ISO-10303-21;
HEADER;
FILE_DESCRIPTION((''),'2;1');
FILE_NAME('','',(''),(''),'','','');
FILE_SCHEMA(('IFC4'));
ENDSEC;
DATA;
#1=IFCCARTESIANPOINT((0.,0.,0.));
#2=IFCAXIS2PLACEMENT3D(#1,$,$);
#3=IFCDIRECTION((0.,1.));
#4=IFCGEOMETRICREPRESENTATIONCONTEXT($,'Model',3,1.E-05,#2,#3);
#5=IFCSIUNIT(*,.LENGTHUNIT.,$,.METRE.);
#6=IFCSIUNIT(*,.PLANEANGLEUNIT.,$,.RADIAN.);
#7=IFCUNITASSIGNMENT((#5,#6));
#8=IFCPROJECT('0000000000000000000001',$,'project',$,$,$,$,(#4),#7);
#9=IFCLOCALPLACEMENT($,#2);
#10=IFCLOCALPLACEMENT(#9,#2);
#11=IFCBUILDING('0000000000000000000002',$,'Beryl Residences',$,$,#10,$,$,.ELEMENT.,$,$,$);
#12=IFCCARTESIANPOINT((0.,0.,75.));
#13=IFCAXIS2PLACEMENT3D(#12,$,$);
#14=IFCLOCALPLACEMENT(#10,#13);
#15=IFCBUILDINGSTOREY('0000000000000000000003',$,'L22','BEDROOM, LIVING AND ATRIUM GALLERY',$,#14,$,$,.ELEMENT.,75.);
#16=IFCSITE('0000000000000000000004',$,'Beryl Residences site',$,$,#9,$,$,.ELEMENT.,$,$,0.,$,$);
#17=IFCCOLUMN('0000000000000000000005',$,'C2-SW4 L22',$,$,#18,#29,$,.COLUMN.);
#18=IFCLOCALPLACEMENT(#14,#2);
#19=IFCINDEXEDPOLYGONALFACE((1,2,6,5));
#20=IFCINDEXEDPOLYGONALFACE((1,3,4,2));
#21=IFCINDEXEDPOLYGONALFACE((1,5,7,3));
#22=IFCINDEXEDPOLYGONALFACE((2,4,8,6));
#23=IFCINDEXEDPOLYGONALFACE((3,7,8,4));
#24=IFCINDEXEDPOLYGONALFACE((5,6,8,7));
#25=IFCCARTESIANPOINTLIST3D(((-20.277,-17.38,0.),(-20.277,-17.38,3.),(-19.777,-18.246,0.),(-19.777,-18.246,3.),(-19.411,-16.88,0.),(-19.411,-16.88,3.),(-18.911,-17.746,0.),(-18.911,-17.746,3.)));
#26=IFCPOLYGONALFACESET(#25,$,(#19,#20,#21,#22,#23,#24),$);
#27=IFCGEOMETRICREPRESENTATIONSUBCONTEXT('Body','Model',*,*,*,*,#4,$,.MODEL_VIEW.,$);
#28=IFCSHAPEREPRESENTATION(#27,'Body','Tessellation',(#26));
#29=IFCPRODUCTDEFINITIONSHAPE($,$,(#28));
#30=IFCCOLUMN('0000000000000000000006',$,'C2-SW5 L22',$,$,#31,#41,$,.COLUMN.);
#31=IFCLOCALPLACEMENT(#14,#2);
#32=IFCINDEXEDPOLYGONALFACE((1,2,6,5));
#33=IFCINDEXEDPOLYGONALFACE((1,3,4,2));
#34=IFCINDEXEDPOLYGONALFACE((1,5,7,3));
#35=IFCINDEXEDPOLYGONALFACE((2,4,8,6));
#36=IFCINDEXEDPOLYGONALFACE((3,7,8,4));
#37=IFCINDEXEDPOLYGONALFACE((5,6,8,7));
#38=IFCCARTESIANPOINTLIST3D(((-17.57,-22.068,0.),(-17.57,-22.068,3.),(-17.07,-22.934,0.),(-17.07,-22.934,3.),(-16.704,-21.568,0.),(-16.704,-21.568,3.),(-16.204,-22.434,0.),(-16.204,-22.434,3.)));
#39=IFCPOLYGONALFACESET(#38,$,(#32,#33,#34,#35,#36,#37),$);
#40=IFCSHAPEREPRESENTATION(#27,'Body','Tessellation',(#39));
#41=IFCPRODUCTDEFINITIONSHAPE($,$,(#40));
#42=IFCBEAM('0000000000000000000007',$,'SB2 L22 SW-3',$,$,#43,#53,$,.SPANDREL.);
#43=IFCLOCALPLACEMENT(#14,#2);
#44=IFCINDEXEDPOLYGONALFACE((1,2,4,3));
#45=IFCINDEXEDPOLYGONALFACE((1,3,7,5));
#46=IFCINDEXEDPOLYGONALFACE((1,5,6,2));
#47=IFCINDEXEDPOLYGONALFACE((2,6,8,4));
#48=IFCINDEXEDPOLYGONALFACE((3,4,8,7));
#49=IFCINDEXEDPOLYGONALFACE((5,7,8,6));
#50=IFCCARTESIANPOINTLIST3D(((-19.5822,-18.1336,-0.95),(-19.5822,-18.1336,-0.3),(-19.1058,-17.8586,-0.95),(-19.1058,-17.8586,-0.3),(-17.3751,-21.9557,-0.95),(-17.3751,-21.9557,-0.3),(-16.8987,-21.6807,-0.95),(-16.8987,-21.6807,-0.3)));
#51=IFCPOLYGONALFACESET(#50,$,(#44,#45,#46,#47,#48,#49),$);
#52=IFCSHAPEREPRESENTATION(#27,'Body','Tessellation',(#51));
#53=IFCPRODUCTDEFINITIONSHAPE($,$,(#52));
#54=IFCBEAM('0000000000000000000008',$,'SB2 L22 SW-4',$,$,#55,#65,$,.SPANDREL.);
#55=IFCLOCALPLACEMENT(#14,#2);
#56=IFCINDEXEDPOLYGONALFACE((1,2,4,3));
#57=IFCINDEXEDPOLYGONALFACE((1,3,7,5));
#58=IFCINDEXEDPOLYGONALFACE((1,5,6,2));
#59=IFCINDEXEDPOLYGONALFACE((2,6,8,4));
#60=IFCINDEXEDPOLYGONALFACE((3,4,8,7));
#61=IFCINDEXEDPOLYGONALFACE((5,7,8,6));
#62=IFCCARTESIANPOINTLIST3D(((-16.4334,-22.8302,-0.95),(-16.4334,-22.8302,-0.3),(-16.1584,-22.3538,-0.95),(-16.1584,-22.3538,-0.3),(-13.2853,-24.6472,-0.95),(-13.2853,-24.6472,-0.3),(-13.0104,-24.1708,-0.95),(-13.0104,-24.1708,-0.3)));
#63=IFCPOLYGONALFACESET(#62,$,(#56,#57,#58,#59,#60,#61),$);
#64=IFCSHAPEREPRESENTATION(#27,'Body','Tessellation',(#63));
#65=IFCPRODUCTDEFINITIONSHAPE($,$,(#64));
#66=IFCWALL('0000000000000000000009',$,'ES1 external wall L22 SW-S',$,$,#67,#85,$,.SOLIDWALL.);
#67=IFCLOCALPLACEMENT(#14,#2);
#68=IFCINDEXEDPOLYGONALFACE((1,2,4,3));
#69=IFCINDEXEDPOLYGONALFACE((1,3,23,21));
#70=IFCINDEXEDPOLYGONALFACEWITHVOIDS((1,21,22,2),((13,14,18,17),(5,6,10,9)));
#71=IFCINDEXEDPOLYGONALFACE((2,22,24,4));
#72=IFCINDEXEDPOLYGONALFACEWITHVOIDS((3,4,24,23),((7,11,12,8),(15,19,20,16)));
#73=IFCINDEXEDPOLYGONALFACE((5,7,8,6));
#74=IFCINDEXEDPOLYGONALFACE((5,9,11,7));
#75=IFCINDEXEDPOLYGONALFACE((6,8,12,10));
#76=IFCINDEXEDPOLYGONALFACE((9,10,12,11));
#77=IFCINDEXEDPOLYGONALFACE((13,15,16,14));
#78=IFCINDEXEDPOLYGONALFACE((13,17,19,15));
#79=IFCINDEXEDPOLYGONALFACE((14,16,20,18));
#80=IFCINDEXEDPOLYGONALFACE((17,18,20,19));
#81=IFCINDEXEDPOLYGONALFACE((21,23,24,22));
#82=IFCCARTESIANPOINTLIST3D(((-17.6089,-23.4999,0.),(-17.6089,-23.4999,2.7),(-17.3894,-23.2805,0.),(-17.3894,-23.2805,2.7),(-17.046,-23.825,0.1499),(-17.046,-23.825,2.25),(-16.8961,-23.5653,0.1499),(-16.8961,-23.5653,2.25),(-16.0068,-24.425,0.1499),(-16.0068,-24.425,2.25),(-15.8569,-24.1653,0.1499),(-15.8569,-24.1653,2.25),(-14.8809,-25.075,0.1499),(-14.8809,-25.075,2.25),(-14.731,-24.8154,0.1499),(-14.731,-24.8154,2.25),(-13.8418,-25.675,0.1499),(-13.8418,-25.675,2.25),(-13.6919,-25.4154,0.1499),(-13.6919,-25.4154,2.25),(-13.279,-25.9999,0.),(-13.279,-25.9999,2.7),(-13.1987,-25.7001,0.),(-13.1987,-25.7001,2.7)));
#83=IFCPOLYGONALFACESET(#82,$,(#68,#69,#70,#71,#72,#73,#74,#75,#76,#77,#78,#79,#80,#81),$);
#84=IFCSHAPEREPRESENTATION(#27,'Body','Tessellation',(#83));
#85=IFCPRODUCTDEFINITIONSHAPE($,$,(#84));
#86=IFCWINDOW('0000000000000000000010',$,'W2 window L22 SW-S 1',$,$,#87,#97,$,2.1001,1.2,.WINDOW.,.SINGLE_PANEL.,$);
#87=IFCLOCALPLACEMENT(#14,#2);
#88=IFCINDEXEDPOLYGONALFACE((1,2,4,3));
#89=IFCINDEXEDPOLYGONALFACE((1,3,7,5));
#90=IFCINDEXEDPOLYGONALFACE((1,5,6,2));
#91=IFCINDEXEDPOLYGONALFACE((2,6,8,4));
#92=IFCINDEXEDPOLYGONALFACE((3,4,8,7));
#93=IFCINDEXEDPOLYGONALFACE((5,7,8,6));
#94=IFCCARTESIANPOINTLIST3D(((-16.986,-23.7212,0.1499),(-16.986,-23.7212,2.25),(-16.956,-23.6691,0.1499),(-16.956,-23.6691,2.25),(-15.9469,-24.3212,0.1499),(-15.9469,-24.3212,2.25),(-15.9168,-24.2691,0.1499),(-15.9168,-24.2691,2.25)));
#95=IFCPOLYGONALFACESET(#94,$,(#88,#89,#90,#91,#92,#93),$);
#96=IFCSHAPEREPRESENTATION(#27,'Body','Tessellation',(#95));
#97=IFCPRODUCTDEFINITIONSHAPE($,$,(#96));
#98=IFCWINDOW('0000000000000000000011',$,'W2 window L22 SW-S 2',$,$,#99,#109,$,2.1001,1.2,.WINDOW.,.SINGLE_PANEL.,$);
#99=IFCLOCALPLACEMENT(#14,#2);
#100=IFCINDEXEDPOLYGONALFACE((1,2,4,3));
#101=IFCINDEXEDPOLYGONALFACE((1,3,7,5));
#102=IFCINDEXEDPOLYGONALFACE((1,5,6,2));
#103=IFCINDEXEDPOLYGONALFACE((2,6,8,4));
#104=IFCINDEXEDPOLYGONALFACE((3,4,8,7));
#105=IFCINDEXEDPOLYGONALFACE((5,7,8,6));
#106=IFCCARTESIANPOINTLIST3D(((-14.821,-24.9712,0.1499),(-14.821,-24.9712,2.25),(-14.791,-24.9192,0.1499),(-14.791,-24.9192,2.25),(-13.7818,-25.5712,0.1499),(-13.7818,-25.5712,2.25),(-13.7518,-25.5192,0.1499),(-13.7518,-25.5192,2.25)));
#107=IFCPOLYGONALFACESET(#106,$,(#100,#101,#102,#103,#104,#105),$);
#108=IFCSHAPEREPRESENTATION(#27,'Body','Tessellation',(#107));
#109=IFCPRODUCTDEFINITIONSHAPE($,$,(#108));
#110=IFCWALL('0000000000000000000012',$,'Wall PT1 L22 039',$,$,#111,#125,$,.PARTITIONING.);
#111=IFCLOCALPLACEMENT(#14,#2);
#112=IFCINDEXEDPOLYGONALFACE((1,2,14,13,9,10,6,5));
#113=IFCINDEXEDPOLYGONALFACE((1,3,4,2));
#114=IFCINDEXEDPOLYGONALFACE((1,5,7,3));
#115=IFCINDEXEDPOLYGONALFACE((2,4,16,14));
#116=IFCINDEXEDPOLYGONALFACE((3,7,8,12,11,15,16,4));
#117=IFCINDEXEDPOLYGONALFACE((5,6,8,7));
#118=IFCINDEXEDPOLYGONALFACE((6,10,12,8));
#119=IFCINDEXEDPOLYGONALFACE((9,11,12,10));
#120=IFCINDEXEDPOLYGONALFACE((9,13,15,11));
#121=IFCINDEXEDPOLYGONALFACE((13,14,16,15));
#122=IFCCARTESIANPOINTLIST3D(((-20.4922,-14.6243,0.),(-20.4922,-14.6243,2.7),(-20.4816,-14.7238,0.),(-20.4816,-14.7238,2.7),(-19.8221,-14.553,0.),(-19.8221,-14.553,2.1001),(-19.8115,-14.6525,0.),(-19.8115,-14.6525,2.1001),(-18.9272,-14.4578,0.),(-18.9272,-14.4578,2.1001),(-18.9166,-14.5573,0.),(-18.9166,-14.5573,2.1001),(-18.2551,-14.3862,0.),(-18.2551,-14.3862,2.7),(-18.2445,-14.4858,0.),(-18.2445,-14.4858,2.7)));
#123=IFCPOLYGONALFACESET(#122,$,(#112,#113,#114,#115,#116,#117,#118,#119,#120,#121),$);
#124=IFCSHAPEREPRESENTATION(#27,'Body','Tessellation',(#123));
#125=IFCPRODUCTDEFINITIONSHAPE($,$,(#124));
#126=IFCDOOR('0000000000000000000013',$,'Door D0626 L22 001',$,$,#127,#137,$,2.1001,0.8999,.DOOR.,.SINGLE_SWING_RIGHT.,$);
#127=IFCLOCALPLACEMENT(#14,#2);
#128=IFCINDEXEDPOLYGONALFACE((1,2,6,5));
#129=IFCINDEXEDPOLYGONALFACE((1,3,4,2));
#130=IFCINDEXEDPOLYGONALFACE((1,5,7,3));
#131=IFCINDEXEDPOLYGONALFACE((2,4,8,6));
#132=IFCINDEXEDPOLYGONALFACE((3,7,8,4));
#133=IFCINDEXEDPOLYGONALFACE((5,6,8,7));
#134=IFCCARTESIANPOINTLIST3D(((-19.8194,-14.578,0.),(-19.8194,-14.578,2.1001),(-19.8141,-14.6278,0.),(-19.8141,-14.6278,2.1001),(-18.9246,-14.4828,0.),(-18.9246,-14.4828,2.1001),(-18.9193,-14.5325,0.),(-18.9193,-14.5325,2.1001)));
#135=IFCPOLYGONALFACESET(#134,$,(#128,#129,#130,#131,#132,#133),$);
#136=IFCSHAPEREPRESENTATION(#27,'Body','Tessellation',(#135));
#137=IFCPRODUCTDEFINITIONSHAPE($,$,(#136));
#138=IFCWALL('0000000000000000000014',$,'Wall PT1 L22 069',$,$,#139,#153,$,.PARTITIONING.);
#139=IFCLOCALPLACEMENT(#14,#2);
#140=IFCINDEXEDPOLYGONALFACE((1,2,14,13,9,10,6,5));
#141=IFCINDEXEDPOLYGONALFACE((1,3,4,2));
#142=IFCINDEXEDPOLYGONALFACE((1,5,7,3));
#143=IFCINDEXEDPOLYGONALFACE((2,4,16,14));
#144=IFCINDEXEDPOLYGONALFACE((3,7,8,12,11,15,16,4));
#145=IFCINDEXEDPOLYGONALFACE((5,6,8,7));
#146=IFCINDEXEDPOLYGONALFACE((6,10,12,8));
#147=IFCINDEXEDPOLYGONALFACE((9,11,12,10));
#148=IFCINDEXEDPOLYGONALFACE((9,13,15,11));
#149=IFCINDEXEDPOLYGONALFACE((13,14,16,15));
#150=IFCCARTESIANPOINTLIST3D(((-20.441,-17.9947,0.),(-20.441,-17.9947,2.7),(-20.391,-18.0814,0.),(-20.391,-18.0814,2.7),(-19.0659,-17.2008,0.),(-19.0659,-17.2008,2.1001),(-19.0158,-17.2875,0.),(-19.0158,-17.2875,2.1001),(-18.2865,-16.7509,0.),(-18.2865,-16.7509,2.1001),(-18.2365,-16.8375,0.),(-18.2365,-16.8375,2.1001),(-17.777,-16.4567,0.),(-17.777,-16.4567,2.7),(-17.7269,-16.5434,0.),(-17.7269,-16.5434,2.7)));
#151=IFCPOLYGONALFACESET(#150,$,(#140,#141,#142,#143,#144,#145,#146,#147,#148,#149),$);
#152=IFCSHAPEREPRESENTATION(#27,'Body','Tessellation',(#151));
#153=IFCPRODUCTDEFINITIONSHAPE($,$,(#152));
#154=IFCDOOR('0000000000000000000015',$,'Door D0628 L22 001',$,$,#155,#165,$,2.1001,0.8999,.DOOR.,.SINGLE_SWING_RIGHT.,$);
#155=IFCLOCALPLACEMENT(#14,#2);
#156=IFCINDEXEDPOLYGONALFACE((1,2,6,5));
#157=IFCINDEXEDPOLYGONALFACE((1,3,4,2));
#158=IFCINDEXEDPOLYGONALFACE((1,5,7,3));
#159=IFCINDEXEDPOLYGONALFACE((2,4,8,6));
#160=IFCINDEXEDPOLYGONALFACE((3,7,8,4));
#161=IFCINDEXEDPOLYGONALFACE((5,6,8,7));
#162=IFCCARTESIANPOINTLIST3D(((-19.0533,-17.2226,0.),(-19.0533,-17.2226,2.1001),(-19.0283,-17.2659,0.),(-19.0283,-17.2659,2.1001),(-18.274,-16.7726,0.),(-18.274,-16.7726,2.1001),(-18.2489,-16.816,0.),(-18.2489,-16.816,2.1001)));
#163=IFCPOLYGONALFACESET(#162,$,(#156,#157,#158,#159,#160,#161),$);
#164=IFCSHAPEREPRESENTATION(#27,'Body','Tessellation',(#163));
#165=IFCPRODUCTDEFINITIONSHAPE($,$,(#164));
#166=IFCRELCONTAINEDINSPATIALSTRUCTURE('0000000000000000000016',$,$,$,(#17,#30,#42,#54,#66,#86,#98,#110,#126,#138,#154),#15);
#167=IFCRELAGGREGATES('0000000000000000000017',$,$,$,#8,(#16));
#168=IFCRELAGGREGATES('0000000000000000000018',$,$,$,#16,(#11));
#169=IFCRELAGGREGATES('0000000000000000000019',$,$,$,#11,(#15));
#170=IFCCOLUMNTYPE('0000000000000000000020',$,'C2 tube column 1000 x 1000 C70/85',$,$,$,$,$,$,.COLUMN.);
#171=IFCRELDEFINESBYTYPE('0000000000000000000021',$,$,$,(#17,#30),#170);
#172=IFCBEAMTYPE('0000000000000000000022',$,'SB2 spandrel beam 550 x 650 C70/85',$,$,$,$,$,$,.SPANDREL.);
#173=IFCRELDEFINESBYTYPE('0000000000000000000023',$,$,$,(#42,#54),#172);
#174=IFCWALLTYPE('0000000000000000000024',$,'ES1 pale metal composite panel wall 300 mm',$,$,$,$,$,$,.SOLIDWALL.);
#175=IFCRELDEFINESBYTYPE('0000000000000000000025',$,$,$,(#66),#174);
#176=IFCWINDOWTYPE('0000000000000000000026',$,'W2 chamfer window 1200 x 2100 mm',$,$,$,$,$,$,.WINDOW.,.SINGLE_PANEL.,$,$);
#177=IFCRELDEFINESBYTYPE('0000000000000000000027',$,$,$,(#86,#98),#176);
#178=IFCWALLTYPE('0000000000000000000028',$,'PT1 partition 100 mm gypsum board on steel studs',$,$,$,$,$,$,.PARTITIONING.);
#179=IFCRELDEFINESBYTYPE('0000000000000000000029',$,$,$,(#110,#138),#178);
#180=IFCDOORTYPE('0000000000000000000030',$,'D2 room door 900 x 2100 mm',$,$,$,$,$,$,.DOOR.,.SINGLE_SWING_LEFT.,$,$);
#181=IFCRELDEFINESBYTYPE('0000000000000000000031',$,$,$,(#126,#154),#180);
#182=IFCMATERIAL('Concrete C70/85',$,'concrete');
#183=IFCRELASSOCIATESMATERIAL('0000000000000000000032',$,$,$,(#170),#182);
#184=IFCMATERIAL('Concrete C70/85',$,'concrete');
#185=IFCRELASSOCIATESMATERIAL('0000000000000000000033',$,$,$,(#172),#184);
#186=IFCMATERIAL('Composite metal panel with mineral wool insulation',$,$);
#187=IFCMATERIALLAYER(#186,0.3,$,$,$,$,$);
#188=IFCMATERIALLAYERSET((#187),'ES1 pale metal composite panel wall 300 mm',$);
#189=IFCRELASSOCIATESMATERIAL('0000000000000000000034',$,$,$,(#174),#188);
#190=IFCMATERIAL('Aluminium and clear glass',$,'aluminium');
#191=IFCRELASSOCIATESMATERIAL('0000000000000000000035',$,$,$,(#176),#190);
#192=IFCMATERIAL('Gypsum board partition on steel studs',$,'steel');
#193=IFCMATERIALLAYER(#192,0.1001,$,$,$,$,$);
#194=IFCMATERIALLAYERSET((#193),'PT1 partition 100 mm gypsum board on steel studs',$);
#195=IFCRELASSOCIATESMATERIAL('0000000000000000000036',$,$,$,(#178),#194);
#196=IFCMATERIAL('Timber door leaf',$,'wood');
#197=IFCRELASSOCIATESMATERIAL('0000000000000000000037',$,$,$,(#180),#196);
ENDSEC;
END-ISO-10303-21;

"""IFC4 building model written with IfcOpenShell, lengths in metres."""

from ifc_helpers import new_model, si_unit, direction, frame, frame_2d, origin, origin_2d, place, context, subcontext, project, spatial, polyline, rectangle, outline, extrude, material, layer, layer_set, material_profile, profile_set, type_object, element, fill, save


model = new_model("IFC4")

# Units and contexts
model_context = context("Model", 3, precision=1e-05, world=origin(), true_north=direction((0.0, 1.0)))
body_context = subcontext(model_context, "Body", "Model", "MODEL_VIEW")
ifc_project = project(units=[si_unit("LENGTHUNIT", "METRE"), si_unit("PLANEANGLEUNIT", "RADIAN")], contexts=[model_context])

# Site, building, storey
site_placement = place(None, origin())
site = spatial("IfcSite", under=ifc_project, at=site_placement, Name="Beryl Residences site", CompositionType="ELEMENT", RefElevation=0.0)
building_placement = place(site_placement, origin())
building = spatial("IfcBuilding", under=site, at=building_placement, Name="Beryl Residences", CompositionType="ELEMENT")
storey_placement = place(building_placement, frame((0.0, 0.0, 75.0)))
storey = spatial("IfcBuildingStorey", under=building, at=storey_placement, Name="L22", Description="BEDROOM, LIVING AND ATRIUM GALLERY", CompositionType="ELEMENT", Elevation=75.0)

# Columns
ifc_material_1 = material(Name="Concrete C70/85", Category="concrete")
ifc_material_profile_1 = material_profile(ifc_material_1, rectangle(XDim=1.0, YDim=1.0, at=origin_2d()))
ifc_profile_set_1 = profile_set([ifc_material_profile_1], Name="Concrete C70/85")
column_type = type_object("IfcColumnType", Name="C2 tube column 1000 x 1000 C70/85", PredefinedType="COLUMN", material=ifc_profile_set_1)
for number, where, z_axis, x_axis, name in (
    (1, (-19.594, -17.563, 0.0), (0.0, 0.0, 1.0), (0.5, -0.866025, 0.0), "C2-SW4 L22"),
    (2, (-16.887, -22.251, 0.0), (0.0, 0.0, 1.0), (0.5, -0.866025, 0.0), "C2-SW5 L22"),
):
    element("IfcColumn", number, at=place(storey_placement, frame(where, z_axis=z_axis, x_axis=x_axis)), inside=storey, type_object=column_type, Name=name, PredefinedType="COLUMN", context=body_context, shape_type="SweptSolid", body=[
        extrude(rectangle(XDim=1.0, YDim=1.0, at=origin_2d()), origin(), (0.0, 0.0, 1.0), 3.0),
    ])

# Beams
ifc_material_2 = material(Name="Concrete C70/85", Category="concrete")
ifc_material_profile_2 = material_profile(ifc_material_2, rectangle(XDim=0.55, YDim=0.6499, at=origin_2d()))
ifc_profile_set_2 = profile_set([ifc_material_profile_2], Name="Concrete C70/85")
beam_type = type_object("IfcBeamType", Name="SB2 spandrel beam 550 x 650 C70/85", PredefinedType="SPANDREL", material=ifc_profile_set_2)
beam_1_placement = place(storey_placement, frame((-19.344, -17.9961, -0.625), z_axis=(0.500066, -0.865988, 0.0), x_axis=(0.865988, 0.500066, 0.0)))
element("IfcBeam", 3, at=beam_1_placement, inside=storey, type_object=beam_type, Name="SB2 L22 SW-3", PredefinedType="SPANDREL", context=body_context, shape_type="SweptSolid", body=[
    extrude(rectangle(XDim=0.55, YDim=0.6499, at=origin_2d()), origin(), (0.0, 0.0, 1.0), 4.4136),
])
beam_2_placement = place(storey_placement, frame((-16.2959, -22.592, -0.625), z_axis=(0.866094, -0.499881, 0.0), x_axis=(0.499881, 0.866094, 0.0)))
element("IfcBeam", 4, at=beam_2_placement, inside=storey, type_object=beam_type, Name="SB2 L22 SW-4", PredefinedType="SPANDREL", context=body_context, shape_type="SweptSolid", body=[
    extrude(rectangle(XDim=0.55, YDim=0.6499, at=origin_2d()), origin(), (0.0, 0.0, 1.0), 3.6348),
])

# Wall, openings, windows
ifc_material_3 = material(Name="Composite metal panel with mineral wool insulation")
ifc_layer_1 = layer(ifc_material_3, 0.3)
ifc_layer_set_1 = layer_set([ifc_layer_1], Name="ES1 pale metal composite panel wall 300 mm")
wall_type_1 = type_object("IfcWallType", Name="ES1 pale metal composite panel wall 300 mm", PredefinedType="SOLIDWALL", material=ifc_layer_set_1)
wall_1_placement = place(storey_placement, frame((-17.5339, -23.3701, 0.0), z_axis=(0.0, 0.0, 1.0), x_axis=(0.866011, -0.500025, 0.0)))
wall_1 = element("IfcWall", 5, at=wall_1_placement, inside=storey, type_object=wall_type_1, Name="ES1 external wall L22 SW-S", PredefinedType="SOLIDWALL", context=body_context, shape_type="SweptSolid", body=[
    extrude(outline(polyline([(0.0, -0.1499), (4.9998, -0.1499), (4.9194, 0.1499), (0.0803, 0.1499), (0.0, -0.1499)])), origin(), (0.0, 0.0, 1.0), 2.7),
])
opening_1_placement = place(wall_1_placement, frame((0.6499, 0.0, 0.1499)))
opening_1 = element("IfcOpeningElement", 6, at=opening_1_placement, cuts=wall_1, PredefinedType="OPENING", context=body_context, shape_type="SweptSolid", body=[
    extrude(rectangle(XDim=1.2, YDim=2.1001, at=frame_2d((0.6001, 1.05))), frame((0.0, 0.1599, 0.0), z_axis=(0.0, -1.0, 0.0), x_axis=(1.0, 0.0, 0.0)), (0.0, 0.0, 1.0), 0.3201),
])
opening_2_placement = place(wall_1_placement, frame((3.1499, 0.0, 0.1499)))
opening_2 = element("IfcOpeningElement", 7, at=opening_2_placement, cuts=wall_1, PredefinedType="OPENING", context=body_context, shape_type="SweptSolid", body=[
    extrude(rectangle(XDim=1.2, YDim=2.1001, at=frame_2d((0.6001, 1.05))), frame((0.0, 0.1599, 0.0), z_axis=(0.0, -1.0, 0.0), x_axis=(1.0, 0.0, 0.0)), (0.0, 0.0, 1.0), 0.3201),
])
ifc_material_4 = material(Name="Aluminium and clear glass", Category="aluminium")
window_type = type_object("IfcWindowType", Name="W2 chamfer window 1200 x 2100 mm", PartitioningType="SINGLE_PANEL", PredefinedType="WINDOW", material=ifc_material_4)
window_1_placement = place(opening_1_placement, origin())
window_1 = element("IfcWindow", 8, at=window_1_placement, inside=storey, type_object=window_type, Name="W2 window L22 SW-S 1", OverallHeight=2.1001, OverallWidth=1.2, PartitioningType="SINGLE_PANEL", PredefinedType="WINDOW", context=body_context, shape_type="SweptSolid", body=[
    extrude(rectangle(XDim=1.2, YDim=2.1001, at=frame_2d((0.6001, 1.05))), frame((0.0, 0.03, 0.0), z_axis=(0.0, -1.0, 0.0), x_axis=(1.0, 0.0, 0.0)), (0.0, 0.0, 1.0), 0.0601),
])
fill(opening_1, window_1)
window_2_placement = place(opening_2_placement, origin())
window_2 = element("IfcWindow", 9, at=window_2_placement, inside=storey, type_object=window_type, Name="W2 window L22 SW-S 2", OverallHeight=2.1001, OverallWidth=1.2, PartitioningType="SINGLE_PANEL", PredefinedType="WINDOW", context=body_context, shape_type="SweptSolid", body=[
    extrude(rectangle(XDim=1.2, YDim=2.1001, at=frame_2d((0.6001, 1.05))), frame((0.0, 0.03, 0.0), z_axis=(0.0, -1.0, 0.0), x_axis=(1.0, 0.0, 0.0)), (0.0, 0.0, 1.0), 0.0601),
])
fill(opening_2, window_2)

# Walls, openings, doors
ifc_material_5 = material(Name="Gypsum board partition on steel studs", Category="steel")
ifc_layer_2 = layer(ifc_material_5, 0.1001)
ifc_layer_set_2 = layer_set([ifc_layer_2], Name="PT1 partition 100 mm gypsum board on steel studs")
wall_type_2 = type_object("IfcWallType", Name="PT1 partition 100 mm gypsum board on steel studs", PredefinedType="PARTITIONING", material=ifc_layer_set_2)
wall_2_placement = place(storey_placement, frame((-20.4871, -14.6741, 0.0), z_axis=(0.0, 0.0, 1.0), x_axis=(0.994386, 0.105809, 0.0)))
wall_2 = element("IfcWall", 10, at=wall_2_placement, inside=storey, type_object=wall_type_2, Name="Wall PT1 L22 039", PredefinedType="PARTITIONING", context=body_context, shape_type="SweptSolid", body=[
    extrude(rectangle(XDim=2.2498, YDim=0.1001, at=frame_2d((1.125, 0.0))), origin(), (0.0, 0.0, 1.0), 2.7),
])
opening_3_placement = place(wall_2_placement, frame((0.6741, 0.0, 0.0)))
opening_3 = element("IfcOpeningElement", 11, at=opening_3_placement, cuts=wall_2, PredefinedType="OPENING", context=body_context, shape_type="SweptSolid", body=[
    extrude(rectangle(XDim=0.8999, YDim=2.1001, at=frame_2d((0.45, 1.05))), frame((0.0, 0.0601, 0.0), z_axis=(0.0, -1.0, 0.0), x_axis=(1.0, 0.0, 0.0)), (0.0, 0.0, 1.0), 0.1201),
])
ifc_material_6 = material(Name="Timber door leaf", Category="wood")
door_type_1 = type_object("IfcDoorType", Name="D2 room door 900 x 2100 mm", OperationType="SINGLE_SWING_LEFT", PredefinedType="DOOR", material=ifc_material_6)
door_1_placement = place(opening_3_placement, origin())
door_1 = element("IfcDoor", 12, at=door_1_placement, inside=storey, type_object=door_type_1, Name="Door D0626 L22 001", OperationType="SINGLE_SWING_RIGHT", OverallHeight=2.1001, OverallWidth=0.8999, PredefinedType="DOOR", context=body_context, shape_type="SweptSolid", body=[
    extrude(rectangle(XDim=0.8999, YDim=2.1001, at=frame_2d((0.45, 1.05))), frame((0.0, 0.0249, 0.0), z_axis=(0.0, -1.0, 0.0), x_axis=(1.0, 0.0, 0.0)), (0.0, 0.0, 1.0), 0.05),
])
fill(opening_3, door_1)
wall_3_placement = place(storey_placement, frame((-20.416, -18.0381, 0.0), z_axis=(0.0, 0.0, 1.0), x_axis=(0.866027, 0.499997, 0.0)))
wall_3 = element("IfcWall", 13, at=wall_3_placement, inside=storey, type_object=wall_type_2, Name="Wall PT1 L22 069", PredefinedType="PARTITIONING", context=body_context, shape_type="SweptSolid", body=[
    extrude(rectangle(XDim=3.0762, YDim=0.1001, at=frame_2d((1.5381, 0.0))), origin(), (0.0, 0.0, 1.0), 2.7),
])
opening_4_placement = place(wall_3_placement, frame((1.5879, 0.0, 0.0)))
opening_4 = element("IfcOpeningElement", 14, at=opening_4_placement, cuts=wall_3, PredefinedType="OPENING", context=body_context, shape_type="SweptSolid", body=[
    extrude(rectangle(XDim=0.8999, YDim=2.1001, at=frame_2d((0.45, 1.05))), frame((0.0, 0.0601, 0.0), z_axis=(0.0, -1.0, 0.0), x_axis=(1.0, 0.0, 0.0)), (0.0, 0.0, 1.0), 0.1201),
])
door_2_placement = place(opening_4_placement, origin())
door_2 = element("IfcDoor", 15, at=door_2_placement, inside=storey, type_object=door_type_1, Name="Door D0628 L22 001", OperationType="SINGLE_SWING_RIGHT", OverallHeight=2.1001, OverallWidth=0.8999, PredefinedType="DOOR", context=body_context, shape_type="SweptSolid", body=[
    extrude(rectangle(XDim=0.8999, YDim=2.1001, at=frame_2d((0.45, 1.05))), frame((0.0, 0.0249, 0.0), z_axis=(0.0, -1.0, 0.0), x_axis=(1.0, 0.0, 0.0)), (0.0, 0.0, 1.0), 0.05),
])
fill(opening_4, door_2)

save(model, "model.ifc")
